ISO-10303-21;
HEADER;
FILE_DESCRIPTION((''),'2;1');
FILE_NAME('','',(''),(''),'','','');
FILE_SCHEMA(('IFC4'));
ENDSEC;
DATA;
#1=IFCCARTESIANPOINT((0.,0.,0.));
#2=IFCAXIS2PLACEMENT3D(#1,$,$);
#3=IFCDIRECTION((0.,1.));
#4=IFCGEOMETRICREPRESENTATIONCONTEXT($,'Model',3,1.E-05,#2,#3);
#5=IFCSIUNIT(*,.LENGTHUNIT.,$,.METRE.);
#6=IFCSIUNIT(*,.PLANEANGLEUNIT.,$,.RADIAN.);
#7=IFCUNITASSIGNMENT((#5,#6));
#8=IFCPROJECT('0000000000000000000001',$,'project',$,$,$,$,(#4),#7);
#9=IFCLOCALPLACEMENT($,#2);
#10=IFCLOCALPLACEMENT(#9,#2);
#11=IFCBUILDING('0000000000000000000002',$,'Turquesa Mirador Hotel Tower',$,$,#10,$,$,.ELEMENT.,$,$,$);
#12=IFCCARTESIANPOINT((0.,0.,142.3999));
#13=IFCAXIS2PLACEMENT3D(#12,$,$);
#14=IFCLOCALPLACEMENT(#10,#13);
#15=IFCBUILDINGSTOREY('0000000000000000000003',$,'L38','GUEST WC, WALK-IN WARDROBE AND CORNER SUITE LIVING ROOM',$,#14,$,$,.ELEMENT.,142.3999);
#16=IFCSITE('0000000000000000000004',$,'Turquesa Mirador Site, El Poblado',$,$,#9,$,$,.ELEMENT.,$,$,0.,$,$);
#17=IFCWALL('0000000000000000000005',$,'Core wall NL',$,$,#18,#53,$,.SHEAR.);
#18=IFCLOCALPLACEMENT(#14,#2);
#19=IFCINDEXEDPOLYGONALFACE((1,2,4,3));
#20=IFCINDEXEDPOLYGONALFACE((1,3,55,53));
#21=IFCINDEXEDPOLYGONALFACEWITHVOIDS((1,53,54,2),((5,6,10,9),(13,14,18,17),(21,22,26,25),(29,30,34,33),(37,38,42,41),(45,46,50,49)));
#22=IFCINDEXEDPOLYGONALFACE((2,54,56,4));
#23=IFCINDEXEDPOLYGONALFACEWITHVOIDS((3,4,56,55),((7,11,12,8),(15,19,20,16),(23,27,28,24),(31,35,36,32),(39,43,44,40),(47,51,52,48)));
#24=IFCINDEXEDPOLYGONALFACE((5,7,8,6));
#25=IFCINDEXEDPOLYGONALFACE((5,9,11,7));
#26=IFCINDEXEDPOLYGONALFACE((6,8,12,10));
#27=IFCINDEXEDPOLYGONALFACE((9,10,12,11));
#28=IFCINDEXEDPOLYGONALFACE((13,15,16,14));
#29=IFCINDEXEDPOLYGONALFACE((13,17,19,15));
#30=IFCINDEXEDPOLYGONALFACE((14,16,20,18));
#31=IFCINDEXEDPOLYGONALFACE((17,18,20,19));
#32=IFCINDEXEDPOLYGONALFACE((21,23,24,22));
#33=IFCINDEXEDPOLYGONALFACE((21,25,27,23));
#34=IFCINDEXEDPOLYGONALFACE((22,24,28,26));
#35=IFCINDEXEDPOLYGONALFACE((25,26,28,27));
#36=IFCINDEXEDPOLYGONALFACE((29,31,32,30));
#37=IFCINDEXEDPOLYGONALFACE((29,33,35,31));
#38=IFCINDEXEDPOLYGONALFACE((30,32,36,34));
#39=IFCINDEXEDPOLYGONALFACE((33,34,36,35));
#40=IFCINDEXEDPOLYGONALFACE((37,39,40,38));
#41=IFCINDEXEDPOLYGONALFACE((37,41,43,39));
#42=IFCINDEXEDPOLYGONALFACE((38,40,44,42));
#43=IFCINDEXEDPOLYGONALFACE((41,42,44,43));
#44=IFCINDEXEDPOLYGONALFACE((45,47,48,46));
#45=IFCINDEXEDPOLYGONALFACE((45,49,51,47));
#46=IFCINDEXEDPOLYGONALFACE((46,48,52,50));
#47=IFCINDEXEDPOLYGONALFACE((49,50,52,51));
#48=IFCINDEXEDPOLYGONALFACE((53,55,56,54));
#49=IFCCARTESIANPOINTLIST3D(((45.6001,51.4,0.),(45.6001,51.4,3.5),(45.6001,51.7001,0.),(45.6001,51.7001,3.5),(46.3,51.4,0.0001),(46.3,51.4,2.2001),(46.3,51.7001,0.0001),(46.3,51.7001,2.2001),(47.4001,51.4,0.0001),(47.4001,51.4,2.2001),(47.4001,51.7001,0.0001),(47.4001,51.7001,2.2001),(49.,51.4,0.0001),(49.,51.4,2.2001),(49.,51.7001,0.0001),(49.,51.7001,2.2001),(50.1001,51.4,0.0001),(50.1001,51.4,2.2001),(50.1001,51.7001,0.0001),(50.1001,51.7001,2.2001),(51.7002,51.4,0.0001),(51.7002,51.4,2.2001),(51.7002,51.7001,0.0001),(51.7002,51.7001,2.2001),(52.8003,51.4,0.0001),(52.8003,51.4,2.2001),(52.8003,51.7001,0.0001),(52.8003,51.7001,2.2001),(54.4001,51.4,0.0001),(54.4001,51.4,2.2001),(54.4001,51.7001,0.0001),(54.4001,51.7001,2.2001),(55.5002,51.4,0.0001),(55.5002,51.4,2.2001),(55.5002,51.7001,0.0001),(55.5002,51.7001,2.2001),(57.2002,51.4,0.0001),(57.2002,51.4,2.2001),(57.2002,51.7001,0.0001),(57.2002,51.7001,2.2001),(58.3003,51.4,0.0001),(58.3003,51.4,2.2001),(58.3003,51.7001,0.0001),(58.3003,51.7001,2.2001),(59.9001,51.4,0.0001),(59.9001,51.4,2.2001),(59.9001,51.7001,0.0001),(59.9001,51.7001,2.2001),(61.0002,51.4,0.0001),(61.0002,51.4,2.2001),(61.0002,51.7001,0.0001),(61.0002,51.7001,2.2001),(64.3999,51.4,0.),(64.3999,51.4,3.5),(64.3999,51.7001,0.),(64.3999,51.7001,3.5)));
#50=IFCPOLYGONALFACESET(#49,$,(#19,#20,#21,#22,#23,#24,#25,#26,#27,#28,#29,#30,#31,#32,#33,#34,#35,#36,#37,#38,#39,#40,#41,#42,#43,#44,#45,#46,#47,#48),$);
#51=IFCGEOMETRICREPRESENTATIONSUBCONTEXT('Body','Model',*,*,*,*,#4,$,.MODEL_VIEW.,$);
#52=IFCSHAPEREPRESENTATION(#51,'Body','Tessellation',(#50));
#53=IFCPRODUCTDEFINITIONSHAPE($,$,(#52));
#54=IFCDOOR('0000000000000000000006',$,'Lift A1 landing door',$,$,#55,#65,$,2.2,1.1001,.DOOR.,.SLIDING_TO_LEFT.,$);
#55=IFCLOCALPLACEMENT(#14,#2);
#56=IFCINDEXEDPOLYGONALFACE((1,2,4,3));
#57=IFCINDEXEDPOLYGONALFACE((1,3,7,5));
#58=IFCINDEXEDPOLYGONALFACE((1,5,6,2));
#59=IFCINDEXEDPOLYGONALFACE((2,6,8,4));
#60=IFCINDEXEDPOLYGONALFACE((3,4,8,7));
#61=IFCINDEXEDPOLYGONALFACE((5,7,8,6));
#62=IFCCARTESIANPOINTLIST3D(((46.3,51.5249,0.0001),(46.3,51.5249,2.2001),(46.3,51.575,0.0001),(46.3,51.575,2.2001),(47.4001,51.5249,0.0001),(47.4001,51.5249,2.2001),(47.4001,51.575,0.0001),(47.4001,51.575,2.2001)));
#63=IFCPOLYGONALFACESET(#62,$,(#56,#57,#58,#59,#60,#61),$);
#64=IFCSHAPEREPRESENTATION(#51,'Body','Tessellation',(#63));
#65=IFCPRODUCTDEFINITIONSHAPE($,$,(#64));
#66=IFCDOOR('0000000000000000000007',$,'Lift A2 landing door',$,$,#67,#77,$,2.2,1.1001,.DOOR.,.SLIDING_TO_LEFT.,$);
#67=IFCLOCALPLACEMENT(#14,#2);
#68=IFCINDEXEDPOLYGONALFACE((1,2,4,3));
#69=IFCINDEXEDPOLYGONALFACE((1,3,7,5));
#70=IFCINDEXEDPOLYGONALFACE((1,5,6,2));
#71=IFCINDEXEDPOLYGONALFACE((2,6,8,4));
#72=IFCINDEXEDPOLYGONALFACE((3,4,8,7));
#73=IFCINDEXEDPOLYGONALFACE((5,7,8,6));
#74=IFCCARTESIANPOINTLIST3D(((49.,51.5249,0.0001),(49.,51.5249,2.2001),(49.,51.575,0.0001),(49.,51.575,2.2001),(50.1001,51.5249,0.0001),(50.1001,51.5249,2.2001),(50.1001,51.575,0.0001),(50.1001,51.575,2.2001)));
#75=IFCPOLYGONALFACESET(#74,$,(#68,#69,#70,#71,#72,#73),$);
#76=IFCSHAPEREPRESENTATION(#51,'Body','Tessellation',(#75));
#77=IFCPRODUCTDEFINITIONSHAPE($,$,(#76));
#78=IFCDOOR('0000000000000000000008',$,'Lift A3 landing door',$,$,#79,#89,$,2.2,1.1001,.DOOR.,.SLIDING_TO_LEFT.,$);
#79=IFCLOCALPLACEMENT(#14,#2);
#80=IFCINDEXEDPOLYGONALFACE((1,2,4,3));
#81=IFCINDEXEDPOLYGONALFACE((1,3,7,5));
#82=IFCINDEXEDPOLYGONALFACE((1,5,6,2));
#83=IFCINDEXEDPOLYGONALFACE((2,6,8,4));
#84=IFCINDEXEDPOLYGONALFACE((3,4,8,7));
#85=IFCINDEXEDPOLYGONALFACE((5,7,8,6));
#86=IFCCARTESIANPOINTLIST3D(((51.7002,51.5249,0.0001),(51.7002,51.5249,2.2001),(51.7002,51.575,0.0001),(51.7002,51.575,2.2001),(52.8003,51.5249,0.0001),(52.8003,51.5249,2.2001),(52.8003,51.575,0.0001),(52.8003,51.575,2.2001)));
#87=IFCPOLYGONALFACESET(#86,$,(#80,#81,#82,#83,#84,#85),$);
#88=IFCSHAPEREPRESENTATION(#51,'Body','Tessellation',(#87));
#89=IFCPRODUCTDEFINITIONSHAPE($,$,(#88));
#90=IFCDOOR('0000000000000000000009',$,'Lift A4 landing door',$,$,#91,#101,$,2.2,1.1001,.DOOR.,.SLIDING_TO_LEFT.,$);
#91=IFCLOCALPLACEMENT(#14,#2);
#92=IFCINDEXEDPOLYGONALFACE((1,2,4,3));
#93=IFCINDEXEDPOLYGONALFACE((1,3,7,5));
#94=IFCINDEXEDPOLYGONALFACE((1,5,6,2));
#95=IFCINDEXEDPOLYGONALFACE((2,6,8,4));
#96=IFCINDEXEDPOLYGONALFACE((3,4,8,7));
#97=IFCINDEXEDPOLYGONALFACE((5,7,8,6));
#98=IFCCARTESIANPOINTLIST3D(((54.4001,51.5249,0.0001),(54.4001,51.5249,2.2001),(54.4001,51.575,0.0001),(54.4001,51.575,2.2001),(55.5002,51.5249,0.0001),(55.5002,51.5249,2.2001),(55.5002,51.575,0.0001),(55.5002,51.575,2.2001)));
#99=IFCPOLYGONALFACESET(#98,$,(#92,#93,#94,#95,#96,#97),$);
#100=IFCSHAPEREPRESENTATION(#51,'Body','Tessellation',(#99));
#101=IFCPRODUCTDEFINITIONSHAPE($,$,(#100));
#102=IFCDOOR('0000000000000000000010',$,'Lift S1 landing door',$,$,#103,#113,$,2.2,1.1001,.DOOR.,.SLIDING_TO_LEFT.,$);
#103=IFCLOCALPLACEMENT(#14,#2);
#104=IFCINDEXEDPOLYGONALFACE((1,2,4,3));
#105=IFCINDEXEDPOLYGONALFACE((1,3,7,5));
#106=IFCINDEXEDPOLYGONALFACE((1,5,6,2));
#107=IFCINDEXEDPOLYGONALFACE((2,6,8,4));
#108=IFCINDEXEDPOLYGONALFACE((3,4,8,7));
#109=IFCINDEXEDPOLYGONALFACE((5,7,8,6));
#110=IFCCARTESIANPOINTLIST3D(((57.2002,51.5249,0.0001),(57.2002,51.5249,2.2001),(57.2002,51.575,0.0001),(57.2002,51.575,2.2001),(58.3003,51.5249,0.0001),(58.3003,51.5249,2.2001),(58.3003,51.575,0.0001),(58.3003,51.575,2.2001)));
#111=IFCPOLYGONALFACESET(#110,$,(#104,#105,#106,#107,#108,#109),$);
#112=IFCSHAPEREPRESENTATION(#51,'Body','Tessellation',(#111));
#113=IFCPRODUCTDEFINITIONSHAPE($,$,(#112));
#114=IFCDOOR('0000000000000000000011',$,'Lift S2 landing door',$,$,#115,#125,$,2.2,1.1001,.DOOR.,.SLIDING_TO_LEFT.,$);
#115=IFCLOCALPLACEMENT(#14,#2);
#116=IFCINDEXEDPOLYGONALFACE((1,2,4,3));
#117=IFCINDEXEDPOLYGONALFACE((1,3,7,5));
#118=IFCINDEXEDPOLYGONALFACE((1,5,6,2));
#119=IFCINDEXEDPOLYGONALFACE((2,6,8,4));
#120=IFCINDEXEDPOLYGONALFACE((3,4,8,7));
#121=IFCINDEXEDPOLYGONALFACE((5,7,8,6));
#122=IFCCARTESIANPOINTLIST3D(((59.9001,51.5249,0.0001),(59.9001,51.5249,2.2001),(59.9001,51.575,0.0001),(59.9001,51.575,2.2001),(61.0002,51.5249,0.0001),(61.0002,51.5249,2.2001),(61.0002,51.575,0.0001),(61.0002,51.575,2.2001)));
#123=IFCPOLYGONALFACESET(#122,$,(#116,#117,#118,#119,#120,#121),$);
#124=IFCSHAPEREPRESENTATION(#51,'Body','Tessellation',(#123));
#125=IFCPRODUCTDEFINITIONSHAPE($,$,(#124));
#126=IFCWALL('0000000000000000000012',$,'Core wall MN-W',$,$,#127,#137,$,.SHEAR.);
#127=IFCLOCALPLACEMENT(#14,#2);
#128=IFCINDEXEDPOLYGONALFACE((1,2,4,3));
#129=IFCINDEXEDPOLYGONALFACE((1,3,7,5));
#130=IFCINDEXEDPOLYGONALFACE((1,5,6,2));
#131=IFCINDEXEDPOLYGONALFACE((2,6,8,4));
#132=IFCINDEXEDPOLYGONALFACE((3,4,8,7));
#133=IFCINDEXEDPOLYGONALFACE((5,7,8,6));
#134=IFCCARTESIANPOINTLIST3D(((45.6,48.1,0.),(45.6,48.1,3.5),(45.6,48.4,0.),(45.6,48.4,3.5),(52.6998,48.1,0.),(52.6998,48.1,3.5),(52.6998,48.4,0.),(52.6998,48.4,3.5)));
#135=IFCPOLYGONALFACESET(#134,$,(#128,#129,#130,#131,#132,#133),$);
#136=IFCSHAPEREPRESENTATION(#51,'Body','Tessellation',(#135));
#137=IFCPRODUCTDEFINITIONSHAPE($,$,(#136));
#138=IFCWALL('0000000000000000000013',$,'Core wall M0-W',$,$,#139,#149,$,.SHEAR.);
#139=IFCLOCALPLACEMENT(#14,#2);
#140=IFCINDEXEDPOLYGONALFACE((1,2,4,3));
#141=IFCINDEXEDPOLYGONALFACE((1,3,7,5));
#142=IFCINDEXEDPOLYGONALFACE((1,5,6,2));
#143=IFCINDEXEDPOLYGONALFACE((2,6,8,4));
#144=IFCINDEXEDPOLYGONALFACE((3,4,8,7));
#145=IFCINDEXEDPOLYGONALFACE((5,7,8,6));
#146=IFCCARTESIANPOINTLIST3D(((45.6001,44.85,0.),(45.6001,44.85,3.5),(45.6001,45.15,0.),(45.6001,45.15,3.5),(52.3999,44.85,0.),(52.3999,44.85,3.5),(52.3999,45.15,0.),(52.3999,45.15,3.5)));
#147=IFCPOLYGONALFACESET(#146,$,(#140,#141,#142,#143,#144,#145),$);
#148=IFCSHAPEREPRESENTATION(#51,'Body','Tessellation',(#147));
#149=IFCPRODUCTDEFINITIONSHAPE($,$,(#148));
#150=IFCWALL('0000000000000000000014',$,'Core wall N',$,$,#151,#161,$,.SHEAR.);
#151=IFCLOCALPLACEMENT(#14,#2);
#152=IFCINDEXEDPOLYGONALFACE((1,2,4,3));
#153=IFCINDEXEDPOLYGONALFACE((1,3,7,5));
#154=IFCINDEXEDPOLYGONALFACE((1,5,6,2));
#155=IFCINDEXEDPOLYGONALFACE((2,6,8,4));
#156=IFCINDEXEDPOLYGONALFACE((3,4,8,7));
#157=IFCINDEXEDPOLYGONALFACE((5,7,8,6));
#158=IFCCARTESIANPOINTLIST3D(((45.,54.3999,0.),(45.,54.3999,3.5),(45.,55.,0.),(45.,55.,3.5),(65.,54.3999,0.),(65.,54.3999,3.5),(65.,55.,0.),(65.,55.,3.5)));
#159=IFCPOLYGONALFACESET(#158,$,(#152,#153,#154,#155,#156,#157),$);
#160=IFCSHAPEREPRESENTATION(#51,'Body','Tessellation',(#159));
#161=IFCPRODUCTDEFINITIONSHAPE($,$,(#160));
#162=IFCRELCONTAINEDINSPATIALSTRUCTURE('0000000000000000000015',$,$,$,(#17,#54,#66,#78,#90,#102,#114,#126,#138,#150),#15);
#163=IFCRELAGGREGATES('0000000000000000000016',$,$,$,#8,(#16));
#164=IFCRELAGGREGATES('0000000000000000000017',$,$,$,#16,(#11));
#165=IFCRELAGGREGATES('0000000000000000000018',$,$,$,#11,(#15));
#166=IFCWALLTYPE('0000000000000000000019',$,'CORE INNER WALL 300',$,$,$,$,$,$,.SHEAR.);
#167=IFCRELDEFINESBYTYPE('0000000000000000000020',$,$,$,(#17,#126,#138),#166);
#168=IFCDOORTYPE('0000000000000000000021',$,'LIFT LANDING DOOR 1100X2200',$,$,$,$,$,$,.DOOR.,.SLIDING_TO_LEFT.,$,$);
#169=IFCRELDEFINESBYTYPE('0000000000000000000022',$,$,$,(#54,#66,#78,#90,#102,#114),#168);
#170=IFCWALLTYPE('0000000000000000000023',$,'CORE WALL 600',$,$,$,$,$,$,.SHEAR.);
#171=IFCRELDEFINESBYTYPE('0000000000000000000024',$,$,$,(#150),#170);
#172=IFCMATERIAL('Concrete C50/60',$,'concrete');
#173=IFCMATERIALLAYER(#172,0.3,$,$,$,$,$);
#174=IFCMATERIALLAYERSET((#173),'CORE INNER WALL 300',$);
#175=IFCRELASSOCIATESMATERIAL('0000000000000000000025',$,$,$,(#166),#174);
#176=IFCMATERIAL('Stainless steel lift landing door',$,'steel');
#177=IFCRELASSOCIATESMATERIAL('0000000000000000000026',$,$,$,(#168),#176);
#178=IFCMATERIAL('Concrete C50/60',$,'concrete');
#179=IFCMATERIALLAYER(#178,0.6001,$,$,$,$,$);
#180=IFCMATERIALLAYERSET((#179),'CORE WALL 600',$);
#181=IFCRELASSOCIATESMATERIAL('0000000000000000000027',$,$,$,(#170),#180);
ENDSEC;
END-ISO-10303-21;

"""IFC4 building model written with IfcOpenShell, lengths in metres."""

from ifc_helpers import new_model, si_unit, direction, frame, frame_2d, origin, place, context, subcontext, project, spatial, rectangle, extrude, material, layer, layer_set, type_object, element, fill, save


model = new_model("IFC4")

# Units and contexts
model_context = context("Model", 3, precision=1e-05, world=origin(), true_north=direction((0.0, 1.0)))
body_context = subcontext(model_context, "Body", "Model", "MODEL_VIEW")
ifc_project = project(units=[si_unit("LENGTHUNIT", "METRE"), si_unit("PLANEANGLEUNIT", "RADIAN")], contexts=[model_context])

# Site, building, storey
site_placement = place(None, origin())
site = spatial("IfcSite", under=ifc_project, at=site_placement, Name="Turquesa Mirador Site, El Poblado", CompositionType="ELEMENT", RefElevation=0.0)
building_placement = place(site_placement, origin())
building = spatial("IfcBuilding", under=site, at=building_placement, Name="Turquesa Mirador Hotel Tower", CompositionType="ELEMENT")
storey_placement = place(building_placement, frame((0.0, 0.0, 142.3999)))
storey = spatial("IfcBuildingStorey", under=building, at=storey_placement, Name="L38", Description="GUEST WC, WALK-IN WARDROBE AND CORNER SUITE LIVING ROOM", CompositionType="ELEMENT", Elevation=142.3999)

# Wall, openings, doors
ifc_material_1 = material(Name="Concrete C50/60", Category="concrete")
ifc_layer_1 = layer(ifc_material_1, 0.3)
ifc_layer_set_1 = layer_set([ifc_layer_1], Name="CORE INNER WALL 300")
wall_type_1 = type_object("IfcWallType", Name="CORE INNER WALL 300", PredefinedType="SHEAR", material=ifc_layer_set_1)
wall_1_placement = place(storey_placement, frame((45.6001, 51.55, 0.0), z_axis=(0.0, 0.0, 1.0), x_axis=(1.0, 0.0, 0.0)))
wall_1 = element("IfcWall", 1, at=wall_1_placement, inside=storey, type_object=wall_type_1, Name="Core wall NL", PredefinedType="SHEAR", context=body_context, shape_type="SweptSolid", body=[
    extrude(rectangle(XDim=18.7998, YDim=0.3, at=frame_2d((9.3999, 0.0))), origin(), (0.0, 0.0, 1.0), 3.5),
])
opening_1_placement = place(wall_1_placement, frame((0.7, 0.0, 0.0)))
opening_1 = element("IfcOpeningElement", 2, at=opening_1_placement, cuts=wall_1, PredefinedType="OPENING", context=body_context, shape_type="SweptSolid", body=[
    extrude(rectangle(XDim=1.1001, YDim=2.2, at=frame_2d((0.55, 1.1001))), frame((0.0, 0.1599, 0.0), z_axis=(0.0, -1.0, 0.0), x_axis=(1.0, 0.0, 0.0)), (0.0, 0.0, 1.0), 0.3201),
])
opening_2_placement = place(wall_1_placement, frame((3.3999, 0.0, 0.0)))
opening_2 = element("IfcOpeningElement", 3, at=opening_2_placement, cuts=wall_1, PredefinedType="OPENING", context=body_context, shape_type="SweptSolid", body=[
    extrude(rectangle(XDim=1.1001, YDim=2.2, at=frame_2d((0.55, 1.1001))), frame((0.0, 0.1599, 0.0), z_axis=(0.0, -1.0, 0.0), x_axis=(1.0, 0.0, 0.0)), (0.0, 0.0, 1.0), 0.3201),
])
opening_3_placement = place(wall_1_placement, frame((6.1001, 0.0, 0.0)))
opening_3 = element("IfcOpeningElement", 4, at=opening_3_placement, cuts=wall_1, PredefinedType="OPENING", context=body_context, shape_type="SweptSolid", body=[
    extrude(rectangle(XDim=1.1001, YDim=2.2, at=frame_2d((0.55, 1.1001))), frame((0.0, 0.1599, 0.0), z_axis=(0.0, -1.0, 0.0), x_axis=(1.0, 0.0, 0.0)), (0.0, 0.0, 1.0), 0.3201),
])
opening_4_placement = place(wall_1_placement, frame((8.8, 0.0, 0.0)))
opening_4 = element("IfcOpeningElement", 5, at=opening_4_placement, cuts=wall_1, PredefinedType="OPENING", context=body_context, shape_type="SweptSolid", body=[
    extrude(rectangle(XDim=1.1001, YDim=2.2, at=frame_2d((0.55, 1.1001))), frame((0.0, 0.1599, 0.0), z_axis=(0.0, -1.0, 0.0), x_axis=(1.0, 0.0, 0.0)), (0.0, 0.0, 1.0), 0.3201),
])
opening_5_placement = place(wall_1_placement, frame((11.6001, 0.0, 0.0)))
opening_5 = element("IfcOpeningElement", 6, at=opening_5_placement, cuts=wall_1, PredefinedType="OPENING", context=body_context, shape_type="SweptSolid", body=[
    extrude(rectangle(XDim=1.1001, YDim=2.2, at=frame_2d((0.55, 1.1001))), frame((0.0, 0.1599, 0.0), z_axis=(0.0, -1.0, 0.0), x_axis=(1.0, 0.0, 0.0)), (0.0, 0.0, 1.0), 0.3201),
])
opening_6_placement = place(wall_1_placement, frame((14.3, 0.0, 0.0)))
opening_6 = element("IfcOpeningElement", 7, at=opening_6_placement, cuts=wall_1, PredefinedType="OPENING", context=body_context, shape_type="SweptSolid", body=[
    extrude(rectangle(XDim=1.1001, YDim=2.2, at=frame_2d((0.55, 1.1001))), frame((0.0, 0.1599, 0.0), z_axis=(0.0, -1.0, 0.0), x_axis=(1.0, 0.0, 0.0)), (0.0, 0.0, 1.0), 0.3201),
])
ifc_material_2 = material(Name="Stainless steel lift landing door", Category="steel")
door_type_1 = type_object("IfcDoorType", Name="LIFT LANDING DOOR 1100X2200", OperationType="SLIDING_TO_LEFT", PredefinedType="DOOR", material=ifc_material_2)
door_1_placement = place(opening_1_placement, origin())
door_1 = element("IfcDoor", 8, at=door_1_placement, inside=storey, type_object=door_type_1, Name="Lift A1 landing door", OperationType="SLIDING_TO_LEFT", OverallHeight=2.2, OverallWidth=1.1001, PredefinedType="DOOR", context=body_context, shape_type="SweptSolid", body=[
    extrude(rectangle(XDim=1.1001, YDim=2.2, at=frame_2d((0.55, 1.1001))), frame((0.0, 0.0249, 0.0), z_axis=(0.0, -1.0, 0.0), x_axis=(1.0, 0.0, 0.0)), (0.0, 0.0, 1.0), 0.05),
])
fill(opening_1, door_1)
door_2_placement = place(opening_2_placement, origin())
door_2 = element("IfcDoor", 9, at=door_2_placement, inside=storey, type_object=door_type_1, Name="Lift A2 landing door", OperationType="SLIDING_TO_LEFT", OverallHeight=2.2, OverallWidth=1.1001, PredefinedType="DOOR", context=body_context, shape_type="SweptSolid", body=[
    extrude(rectangle(XDim=1.1001, YDim=2.2, at=frame_2d((0.55, 1.1001))), frame((0.0, 0.0249, 0.0), z_axis=(0.0, -1.0, 0.0), x_axis=(1.0, 0.0, 0.0)), (0.0, 0.0, 1.0), 0.05),
])
fill(opening_2, door_2)
door_3_placement = place(opening_3_placement, origin())
door_3 = element("IfcDoor", 10, at=door_3_placement, inside=storey, type_object=door_type_1, Name="Lift A3 landing door", OperationType="SLIDING_TO_LEFT", OverallHeight=2.2, OverallWidth=1.1001, PredefinedType="DOOR", context=body_context, shape_type="SweptSolid", body=[
    extrude(rectangle(XDim=1.1001, YDim=2.2, at=frame_2d((0.55, 1.1001))), frame((0.0, 0.0249, 0.0), z_axis=(0.0, -1.0, 0.0), x_axis=(1.0, 0.0, 0.0)), (0.0, 0.0, 1.0), 0.05),
])
fill(opening_3, door_3)
door_4_placement = place(opening_4_placement, origin())
door_4 = element("IfcDoor", 11, at=door_4_placement, inside=storey, type_object=door_type_1, Name="Lift A4 landing door", OperationType="SLIDING_TO_LEFT", OverallHeight=2.2, OverallWidth=1.1001, PredefinedType="DOOR", context=body_context, shape_type="SweptSolid", body=[
    extrude(rectangle(XDim=1.1001, YDim=2.2, at=frame_2d((0.55, 1.1001))), frame((0.0, 0.0249, 0.0), z_axis=(0.0, -1.0, 0.0), x_axis=(1.0, 0.0, 0.0)), (0.0, 0.0, 1.0), 0.05),
])
fill(opening_4, door_4)
door_5_placement = place(opening_5_placement, origin())
door_5 = element("IfcDoor", 12, at=door_5_placement, inside=storey, type_object=door_type_1, Name="Lift S1 landing door", OperationType="SLIDING_TO_LEFT", OverallHeight=2.2, OverallWidth=1.1001, PredefinedType="DOOR", context=body_context, shape_type="SweptSolid", body=[
    extrude(rectangle(XDim=1.1001, YDim=2.2, at=frame_2d((0.55, 1.1001))), frame((0.0, 0.0249, 0.0), z_axis=(0.0, -1.0, 0.0), x_axis=(1.0, 0.0, 0.0)), (0.0, 0.0, 1.0), 0.05),
])
fill(opening_5, door_5)
door_6_placement = place(opening_6_placement, origin())
door_6 = element("IfcDoor", 13, at=door_6_placement, inside=storey, type_object=door_type_1, Name="Lift S2 landing door", OperationType="SLIDING_TO_LEFT", OverallHeight=2.2, OverallWidth=1.1001, PredefinedType="DOOR", context=body_context, shape_type="SweptSolid", body=[
    extrude(rectangle(XDim=1.1001, YDim=2.2, at=frame_2d((0.55, 1.1001))), frame((0.0, 0.0249, 0.0), z_axis=(0.0, -1.0, 0.0), x_axis=(1.0, 0.0, 0.0)), (0.0, 0.0, 1.0), 0.05),
])
fill(opening_6, door_6)

# Walls
wall_2_placement = place(storey_placement, frame((45.6001, 48.25, 0.0), z_axis=(0.0, 0.0, 1.0), x_axis=(1.0, 0.0, 0.0)))
element("IfcWall", 14, at=wall_2_placement, inside=storey, type_object=wall_type_1, Name="Core wall MN-W", PredefinedType="SHEAR", context=body_context, shape_type="SweptSolid", body=[
    extrude(rectangle(XDim=7.0999, YDim=0.3, at=frame_2d((3.5498, 0.0))), origin(), (0.0, 0.0, 1.0), 3.5),
])
wall_3_placement = place(storey_placement, frame((45.6001, 45.0, 0.0), z_axis=(0.0, 0.0, 1.0), x_axis=(1.0, 0.0, 0.0)))
element("IfcWall", 15, at=wall_3_placement, inside=storey, type_object=wall_type_1, Name="Core wall M0-W", PredefinedType="SHEAR", context=body_context, shape_type="SweptSolid", body=[
    extrude(rectangle(XDim=6.7998, YDim=0.3, at=frame_2d((3.3999, 0.0))), origin(), (0.0, 0.0, 1.0), 3.5),
])
ifc_material_3 = material(Name="Concrete C50/60", Category="concrete")
ifc_layer_2 = layer(ifc_material_3, 0.6001)
ifc_layer_set_2 = layer_set([ifc_layer_2], Name="CORE WALL 600")
wall_type_2 = type_object("IfcWallType", Name="CORE WALL 600", PredefinedType="SHEAR", material=ifc_layer_set_2)
wall_4_placement = place(storey_placement, frame((45.0, 54.7, 0.0), z_axis=(0.0, 0.0, 1.0), x_axis=(1.0, 0.0, 0.0)))
element("IfcWall", 16, at=wall_4_placement, inside=storey, type_object=wall_type_2, Name="Core wall N", PredefinedType="SHEAR", context=body_context, shape_type="SweptSolid", body=[
    extrude(rectangle(XDim=20.0, YDim=0.6001, at=frame_2d((10.0, 0.0))), origin(), (0.0, 0.0, 1.0), 3.5),
])

save(model, "model.ifc")
